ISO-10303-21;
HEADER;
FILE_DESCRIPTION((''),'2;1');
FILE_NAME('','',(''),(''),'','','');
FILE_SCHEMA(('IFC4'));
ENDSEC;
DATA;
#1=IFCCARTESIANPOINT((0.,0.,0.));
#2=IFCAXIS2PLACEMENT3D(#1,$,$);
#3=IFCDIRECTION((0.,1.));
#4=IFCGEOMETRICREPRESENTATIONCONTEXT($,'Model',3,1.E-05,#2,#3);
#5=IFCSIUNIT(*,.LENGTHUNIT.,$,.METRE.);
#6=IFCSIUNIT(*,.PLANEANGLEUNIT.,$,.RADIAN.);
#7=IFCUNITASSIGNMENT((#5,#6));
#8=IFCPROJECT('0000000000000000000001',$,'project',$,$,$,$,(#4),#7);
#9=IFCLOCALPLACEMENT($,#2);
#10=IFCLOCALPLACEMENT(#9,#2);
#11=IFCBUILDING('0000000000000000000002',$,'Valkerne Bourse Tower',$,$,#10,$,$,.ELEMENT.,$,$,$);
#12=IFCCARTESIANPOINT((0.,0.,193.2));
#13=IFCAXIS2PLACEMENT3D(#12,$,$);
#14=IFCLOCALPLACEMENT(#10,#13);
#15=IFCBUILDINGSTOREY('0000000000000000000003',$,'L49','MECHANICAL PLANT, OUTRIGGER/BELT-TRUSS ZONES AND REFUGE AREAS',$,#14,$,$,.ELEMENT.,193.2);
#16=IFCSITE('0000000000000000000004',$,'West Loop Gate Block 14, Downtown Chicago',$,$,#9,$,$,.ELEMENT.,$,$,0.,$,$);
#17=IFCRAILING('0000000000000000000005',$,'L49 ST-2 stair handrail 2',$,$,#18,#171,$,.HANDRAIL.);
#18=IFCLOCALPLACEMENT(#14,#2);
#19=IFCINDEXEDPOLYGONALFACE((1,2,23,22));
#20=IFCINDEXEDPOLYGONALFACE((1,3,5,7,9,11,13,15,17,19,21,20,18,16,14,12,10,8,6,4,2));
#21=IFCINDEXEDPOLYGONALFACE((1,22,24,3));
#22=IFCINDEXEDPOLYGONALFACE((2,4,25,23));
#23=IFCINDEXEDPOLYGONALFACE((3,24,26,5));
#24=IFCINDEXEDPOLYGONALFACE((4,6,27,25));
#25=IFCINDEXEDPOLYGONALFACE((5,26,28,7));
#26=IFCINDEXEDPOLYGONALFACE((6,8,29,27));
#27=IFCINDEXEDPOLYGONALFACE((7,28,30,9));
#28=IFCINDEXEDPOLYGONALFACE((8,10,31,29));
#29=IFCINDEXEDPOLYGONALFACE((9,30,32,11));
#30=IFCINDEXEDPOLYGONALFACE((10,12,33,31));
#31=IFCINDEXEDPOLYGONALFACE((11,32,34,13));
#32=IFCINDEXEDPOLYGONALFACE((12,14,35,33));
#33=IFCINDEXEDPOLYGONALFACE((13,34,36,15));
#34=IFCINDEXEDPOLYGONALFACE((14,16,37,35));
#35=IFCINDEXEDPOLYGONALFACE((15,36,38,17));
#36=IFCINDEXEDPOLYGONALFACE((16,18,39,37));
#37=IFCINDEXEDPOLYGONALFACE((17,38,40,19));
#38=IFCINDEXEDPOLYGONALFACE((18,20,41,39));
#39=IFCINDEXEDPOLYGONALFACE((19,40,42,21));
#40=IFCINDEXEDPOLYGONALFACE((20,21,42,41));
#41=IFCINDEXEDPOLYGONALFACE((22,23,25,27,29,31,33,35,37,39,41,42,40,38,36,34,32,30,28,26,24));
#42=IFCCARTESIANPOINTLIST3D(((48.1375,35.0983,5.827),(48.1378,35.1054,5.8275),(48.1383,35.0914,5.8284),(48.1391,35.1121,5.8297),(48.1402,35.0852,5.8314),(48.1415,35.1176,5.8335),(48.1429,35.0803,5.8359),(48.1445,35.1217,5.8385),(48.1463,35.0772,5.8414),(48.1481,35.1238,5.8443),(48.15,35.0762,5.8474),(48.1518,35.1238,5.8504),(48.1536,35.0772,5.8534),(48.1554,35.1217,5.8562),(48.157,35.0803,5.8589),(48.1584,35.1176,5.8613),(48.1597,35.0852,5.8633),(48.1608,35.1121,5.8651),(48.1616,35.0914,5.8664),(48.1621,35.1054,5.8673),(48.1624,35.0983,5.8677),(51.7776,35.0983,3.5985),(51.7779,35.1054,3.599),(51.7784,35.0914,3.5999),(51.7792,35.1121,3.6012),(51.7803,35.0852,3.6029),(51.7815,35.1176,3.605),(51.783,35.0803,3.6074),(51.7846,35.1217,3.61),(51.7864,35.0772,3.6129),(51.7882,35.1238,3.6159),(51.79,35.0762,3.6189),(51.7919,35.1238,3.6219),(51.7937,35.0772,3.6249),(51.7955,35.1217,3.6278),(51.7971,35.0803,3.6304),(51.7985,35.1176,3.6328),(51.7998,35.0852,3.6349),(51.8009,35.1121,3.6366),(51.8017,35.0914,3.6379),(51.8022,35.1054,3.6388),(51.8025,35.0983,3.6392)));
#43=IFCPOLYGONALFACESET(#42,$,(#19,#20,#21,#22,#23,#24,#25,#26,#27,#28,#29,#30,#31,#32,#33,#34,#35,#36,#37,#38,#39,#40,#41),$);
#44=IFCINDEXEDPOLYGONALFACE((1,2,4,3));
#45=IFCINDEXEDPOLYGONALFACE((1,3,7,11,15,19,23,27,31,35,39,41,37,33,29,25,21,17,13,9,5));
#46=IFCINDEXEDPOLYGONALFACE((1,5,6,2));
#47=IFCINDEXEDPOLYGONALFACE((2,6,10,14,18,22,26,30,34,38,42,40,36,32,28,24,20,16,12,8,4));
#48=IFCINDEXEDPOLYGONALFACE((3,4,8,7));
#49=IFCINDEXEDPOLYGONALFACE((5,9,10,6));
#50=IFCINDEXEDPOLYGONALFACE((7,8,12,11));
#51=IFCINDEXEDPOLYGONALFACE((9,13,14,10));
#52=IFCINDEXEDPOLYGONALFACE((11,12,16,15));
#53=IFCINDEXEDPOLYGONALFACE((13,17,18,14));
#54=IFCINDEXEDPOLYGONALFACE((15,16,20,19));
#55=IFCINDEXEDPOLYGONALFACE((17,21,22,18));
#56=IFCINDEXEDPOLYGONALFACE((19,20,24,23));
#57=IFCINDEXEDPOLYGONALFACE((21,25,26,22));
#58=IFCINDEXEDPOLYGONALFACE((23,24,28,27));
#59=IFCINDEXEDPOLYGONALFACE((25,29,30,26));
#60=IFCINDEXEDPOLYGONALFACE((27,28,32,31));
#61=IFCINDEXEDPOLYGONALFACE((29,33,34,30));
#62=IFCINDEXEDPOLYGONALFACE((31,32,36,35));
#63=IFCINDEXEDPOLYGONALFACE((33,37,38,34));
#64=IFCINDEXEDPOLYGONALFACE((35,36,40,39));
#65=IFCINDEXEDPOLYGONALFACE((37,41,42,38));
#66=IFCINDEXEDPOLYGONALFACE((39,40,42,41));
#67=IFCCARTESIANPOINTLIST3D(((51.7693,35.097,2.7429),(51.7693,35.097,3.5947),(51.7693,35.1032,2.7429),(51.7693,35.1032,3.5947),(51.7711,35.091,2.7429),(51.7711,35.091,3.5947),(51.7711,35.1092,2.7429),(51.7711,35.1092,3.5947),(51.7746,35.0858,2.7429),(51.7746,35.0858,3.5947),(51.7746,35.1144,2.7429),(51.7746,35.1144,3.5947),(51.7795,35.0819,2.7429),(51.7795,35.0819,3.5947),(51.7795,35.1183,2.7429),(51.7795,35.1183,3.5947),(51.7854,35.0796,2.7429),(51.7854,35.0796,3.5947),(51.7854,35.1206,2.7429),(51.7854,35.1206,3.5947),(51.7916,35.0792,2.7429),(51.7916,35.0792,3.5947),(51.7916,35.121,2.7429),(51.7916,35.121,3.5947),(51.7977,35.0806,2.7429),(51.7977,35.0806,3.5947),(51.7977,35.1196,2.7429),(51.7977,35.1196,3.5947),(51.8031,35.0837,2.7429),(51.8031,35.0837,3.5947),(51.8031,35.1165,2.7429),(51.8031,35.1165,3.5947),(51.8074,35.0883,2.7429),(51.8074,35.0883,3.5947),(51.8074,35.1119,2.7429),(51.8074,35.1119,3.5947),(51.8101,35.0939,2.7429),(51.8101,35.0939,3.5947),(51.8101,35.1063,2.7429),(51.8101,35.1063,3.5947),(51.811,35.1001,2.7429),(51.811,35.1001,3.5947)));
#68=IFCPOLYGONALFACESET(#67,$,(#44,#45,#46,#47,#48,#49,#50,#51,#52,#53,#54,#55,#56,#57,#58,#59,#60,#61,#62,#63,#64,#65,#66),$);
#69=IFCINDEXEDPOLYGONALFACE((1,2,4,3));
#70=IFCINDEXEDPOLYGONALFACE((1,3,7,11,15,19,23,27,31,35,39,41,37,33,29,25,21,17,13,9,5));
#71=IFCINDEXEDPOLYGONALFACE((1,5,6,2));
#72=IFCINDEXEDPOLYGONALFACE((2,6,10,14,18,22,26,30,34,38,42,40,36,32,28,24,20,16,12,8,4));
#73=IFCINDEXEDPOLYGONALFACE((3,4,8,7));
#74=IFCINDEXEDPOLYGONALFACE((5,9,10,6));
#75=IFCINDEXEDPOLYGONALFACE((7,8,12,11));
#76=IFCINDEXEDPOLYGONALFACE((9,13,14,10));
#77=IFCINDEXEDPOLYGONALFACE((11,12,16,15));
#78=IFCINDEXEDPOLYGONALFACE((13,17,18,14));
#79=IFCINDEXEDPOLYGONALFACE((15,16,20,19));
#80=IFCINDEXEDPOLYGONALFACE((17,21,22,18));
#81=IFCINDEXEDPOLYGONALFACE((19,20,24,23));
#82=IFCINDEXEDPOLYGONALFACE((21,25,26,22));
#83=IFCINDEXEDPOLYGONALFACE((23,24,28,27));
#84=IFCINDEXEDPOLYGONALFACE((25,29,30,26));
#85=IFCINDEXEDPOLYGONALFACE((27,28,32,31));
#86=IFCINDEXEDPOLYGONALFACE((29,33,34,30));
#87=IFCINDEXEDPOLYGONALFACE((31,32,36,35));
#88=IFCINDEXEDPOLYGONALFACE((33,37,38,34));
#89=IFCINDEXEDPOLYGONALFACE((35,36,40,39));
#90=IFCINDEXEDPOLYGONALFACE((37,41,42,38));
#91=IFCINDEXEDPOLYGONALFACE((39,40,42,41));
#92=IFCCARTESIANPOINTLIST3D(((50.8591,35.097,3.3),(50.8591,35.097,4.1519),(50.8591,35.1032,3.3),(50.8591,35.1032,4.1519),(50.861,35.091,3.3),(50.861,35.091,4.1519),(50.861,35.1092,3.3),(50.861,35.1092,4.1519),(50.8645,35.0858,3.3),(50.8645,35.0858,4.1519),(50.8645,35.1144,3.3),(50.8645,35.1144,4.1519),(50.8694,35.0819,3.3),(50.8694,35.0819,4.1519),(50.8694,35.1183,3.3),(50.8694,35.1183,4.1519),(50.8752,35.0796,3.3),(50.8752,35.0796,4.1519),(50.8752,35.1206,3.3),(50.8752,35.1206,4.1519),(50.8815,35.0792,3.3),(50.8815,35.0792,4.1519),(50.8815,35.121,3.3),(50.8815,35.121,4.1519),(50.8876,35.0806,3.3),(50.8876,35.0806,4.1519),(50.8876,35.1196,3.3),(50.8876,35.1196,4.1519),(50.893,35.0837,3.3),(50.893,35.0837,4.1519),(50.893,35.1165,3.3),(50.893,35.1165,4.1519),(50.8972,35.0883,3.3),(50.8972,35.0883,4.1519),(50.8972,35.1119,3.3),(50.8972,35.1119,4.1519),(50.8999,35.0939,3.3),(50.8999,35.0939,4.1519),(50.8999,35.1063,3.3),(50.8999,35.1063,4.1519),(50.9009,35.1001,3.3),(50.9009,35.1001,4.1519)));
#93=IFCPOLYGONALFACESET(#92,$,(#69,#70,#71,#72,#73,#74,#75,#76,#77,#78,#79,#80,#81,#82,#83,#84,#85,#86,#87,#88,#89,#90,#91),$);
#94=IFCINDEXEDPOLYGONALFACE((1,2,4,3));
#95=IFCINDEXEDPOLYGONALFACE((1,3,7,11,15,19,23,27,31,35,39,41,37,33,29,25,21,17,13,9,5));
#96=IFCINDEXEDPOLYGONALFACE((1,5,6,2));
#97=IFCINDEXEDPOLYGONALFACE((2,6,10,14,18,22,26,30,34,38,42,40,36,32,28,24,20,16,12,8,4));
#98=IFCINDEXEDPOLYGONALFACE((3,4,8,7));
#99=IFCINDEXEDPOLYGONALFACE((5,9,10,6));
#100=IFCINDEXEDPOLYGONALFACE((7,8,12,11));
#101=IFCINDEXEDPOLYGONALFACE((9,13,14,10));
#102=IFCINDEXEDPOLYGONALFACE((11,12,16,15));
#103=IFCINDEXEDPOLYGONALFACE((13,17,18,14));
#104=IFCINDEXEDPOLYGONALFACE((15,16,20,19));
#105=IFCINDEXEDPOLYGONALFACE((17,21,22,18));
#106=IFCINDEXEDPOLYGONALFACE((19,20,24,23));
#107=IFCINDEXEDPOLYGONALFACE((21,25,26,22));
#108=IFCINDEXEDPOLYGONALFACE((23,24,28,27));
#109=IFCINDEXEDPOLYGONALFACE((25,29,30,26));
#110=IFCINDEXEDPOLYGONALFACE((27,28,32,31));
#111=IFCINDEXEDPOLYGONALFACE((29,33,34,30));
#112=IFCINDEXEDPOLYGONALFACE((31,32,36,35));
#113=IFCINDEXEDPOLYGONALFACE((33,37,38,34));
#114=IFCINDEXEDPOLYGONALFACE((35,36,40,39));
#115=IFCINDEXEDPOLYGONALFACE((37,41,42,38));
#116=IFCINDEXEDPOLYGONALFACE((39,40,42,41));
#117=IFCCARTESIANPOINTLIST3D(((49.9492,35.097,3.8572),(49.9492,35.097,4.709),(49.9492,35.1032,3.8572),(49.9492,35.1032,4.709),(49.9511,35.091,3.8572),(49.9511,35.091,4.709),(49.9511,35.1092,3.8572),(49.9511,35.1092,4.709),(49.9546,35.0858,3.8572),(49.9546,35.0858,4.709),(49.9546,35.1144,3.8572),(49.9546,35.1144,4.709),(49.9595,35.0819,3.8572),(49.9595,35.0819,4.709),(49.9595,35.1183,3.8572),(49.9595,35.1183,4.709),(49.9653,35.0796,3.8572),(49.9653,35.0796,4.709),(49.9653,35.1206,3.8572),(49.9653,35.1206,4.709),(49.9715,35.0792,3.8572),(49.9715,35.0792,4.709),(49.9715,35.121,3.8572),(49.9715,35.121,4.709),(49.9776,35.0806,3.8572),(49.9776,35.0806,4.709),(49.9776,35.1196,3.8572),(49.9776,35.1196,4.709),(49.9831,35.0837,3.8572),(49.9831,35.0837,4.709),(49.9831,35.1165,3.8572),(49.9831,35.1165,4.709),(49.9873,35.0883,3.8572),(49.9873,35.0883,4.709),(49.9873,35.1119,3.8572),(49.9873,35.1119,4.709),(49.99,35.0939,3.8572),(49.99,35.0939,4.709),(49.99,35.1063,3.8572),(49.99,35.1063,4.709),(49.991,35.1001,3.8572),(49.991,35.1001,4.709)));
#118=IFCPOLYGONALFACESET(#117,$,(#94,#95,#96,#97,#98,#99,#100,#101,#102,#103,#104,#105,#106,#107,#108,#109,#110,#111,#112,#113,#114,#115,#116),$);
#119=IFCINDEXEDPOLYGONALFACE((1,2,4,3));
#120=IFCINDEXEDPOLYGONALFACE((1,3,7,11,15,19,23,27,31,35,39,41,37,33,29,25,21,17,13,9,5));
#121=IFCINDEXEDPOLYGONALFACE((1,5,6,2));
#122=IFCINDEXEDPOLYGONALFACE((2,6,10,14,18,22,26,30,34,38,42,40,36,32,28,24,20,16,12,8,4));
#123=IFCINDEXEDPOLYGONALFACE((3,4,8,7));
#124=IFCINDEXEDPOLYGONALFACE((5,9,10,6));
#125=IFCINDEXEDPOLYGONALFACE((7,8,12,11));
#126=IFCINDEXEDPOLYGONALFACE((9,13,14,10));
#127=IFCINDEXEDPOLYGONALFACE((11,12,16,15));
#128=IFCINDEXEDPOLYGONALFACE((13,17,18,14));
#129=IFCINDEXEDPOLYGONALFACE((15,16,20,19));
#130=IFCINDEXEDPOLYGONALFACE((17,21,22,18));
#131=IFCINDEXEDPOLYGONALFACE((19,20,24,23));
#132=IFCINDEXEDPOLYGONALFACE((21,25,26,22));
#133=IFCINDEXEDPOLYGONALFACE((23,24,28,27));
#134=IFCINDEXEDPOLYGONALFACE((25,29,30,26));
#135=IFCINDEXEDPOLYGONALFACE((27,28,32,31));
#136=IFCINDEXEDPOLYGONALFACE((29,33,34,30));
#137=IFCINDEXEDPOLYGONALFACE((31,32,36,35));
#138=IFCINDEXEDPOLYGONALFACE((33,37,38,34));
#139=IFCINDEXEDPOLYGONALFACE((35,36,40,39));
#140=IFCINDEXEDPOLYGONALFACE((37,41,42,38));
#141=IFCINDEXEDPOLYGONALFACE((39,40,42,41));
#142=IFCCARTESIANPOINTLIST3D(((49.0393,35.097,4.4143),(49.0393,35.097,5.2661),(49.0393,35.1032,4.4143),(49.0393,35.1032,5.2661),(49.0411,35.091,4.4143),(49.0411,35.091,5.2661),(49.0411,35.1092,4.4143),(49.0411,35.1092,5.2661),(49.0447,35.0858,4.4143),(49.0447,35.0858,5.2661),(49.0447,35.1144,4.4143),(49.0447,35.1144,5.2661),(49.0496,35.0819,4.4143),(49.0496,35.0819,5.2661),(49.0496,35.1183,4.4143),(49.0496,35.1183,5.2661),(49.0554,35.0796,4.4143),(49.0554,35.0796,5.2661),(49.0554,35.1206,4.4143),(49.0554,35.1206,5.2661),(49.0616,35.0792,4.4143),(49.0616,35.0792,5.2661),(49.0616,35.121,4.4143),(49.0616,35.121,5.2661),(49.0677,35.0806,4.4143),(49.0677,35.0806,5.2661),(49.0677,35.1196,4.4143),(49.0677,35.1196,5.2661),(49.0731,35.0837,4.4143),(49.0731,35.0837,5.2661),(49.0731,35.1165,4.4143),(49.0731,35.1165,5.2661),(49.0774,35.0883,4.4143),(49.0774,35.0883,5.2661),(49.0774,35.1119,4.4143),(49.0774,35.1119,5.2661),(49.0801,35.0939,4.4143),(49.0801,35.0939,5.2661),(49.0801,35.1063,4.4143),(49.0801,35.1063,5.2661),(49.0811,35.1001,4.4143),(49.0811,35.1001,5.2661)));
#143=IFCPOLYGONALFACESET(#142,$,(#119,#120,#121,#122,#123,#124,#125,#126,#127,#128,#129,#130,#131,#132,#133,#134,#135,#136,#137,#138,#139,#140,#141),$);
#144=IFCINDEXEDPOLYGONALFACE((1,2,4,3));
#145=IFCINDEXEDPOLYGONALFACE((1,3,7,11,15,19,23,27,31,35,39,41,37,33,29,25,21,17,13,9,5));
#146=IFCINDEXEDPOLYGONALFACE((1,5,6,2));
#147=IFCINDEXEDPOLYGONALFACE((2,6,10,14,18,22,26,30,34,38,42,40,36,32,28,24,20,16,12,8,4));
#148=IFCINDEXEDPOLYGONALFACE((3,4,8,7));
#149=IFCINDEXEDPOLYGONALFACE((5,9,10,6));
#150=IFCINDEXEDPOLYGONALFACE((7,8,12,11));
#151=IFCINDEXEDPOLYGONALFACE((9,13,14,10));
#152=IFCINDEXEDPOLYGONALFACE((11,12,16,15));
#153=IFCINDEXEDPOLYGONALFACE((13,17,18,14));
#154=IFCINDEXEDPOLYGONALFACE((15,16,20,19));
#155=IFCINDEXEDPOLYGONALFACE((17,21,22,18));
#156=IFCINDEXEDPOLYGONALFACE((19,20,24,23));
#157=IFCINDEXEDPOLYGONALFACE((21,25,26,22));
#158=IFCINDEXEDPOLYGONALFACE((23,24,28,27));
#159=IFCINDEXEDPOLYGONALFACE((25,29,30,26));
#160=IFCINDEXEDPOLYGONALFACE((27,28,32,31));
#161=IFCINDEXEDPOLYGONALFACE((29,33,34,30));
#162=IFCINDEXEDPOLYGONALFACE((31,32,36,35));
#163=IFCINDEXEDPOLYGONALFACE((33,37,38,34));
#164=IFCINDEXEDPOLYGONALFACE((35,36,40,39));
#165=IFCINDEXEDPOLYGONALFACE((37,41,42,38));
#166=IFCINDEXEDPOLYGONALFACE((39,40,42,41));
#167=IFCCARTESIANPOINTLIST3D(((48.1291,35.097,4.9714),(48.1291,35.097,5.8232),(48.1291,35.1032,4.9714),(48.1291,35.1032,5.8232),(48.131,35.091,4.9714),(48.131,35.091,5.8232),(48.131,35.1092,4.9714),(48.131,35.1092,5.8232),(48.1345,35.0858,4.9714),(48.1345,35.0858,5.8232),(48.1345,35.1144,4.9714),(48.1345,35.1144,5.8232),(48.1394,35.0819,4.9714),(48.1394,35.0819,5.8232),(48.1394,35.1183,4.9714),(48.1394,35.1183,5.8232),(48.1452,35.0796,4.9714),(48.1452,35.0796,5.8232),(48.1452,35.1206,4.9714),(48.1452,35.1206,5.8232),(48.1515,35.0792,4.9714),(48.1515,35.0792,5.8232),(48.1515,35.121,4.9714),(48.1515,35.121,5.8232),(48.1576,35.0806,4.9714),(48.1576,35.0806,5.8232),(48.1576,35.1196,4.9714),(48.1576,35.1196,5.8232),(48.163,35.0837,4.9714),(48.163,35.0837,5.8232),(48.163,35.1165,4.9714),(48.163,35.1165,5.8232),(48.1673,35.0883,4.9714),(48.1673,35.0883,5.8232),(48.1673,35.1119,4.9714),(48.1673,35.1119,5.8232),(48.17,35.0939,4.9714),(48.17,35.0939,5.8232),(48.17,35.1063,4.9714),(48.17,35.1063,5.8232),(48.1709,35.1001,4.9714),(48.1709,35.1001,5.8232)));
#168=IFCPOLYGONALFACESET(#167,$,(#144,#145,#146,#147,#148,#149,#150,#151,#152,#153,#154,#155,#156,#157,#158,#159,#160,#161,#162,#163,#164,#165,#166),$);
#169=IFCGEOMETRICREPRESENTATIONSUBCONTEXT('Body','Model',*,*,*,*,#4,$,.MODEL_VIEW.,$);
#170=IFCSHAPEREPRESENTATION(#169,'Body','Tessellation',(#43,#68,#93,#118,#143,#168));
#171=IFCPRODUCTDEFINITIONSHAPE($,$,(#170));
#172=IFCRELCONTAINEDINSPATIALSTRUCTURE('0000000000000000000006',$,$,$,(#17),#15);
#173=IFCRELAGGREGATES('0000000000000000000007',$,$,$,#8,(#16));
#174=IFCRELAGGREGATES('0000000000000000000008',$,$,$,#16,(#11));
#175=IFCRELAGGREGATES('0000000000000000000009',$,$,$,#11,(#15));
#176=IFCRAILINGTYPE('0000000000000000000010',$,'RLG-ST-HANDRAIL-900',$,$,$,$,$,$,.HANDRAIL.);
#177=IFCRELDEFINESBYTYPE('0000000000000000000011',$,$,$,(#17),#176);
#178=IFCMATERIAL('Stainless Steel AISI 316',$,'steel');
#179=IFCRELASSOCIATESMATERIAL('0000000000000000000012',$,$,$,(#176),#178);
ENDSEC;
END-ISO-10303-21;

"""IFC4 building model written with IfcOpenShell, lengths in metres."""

from ifc_helpers import new_model, si_unit, direction, frame, origin, origin_2d, place, context, subcontext, project, spatial, circle, extrude, material, type_object, element, save


model = new_model("IFC4")

# Units and contexts
model_context = context("Model", 3, precision=1e-05, world=origin(), true_north=direction((0.0, 1.0)))
body_context = subcontext(model_context, "Body", "Model", "MODEL_VIEW")
ifc_project = project(units=[si_unit("LENGTHUNIT", "METRE"), si_unit("PLANEANGLEUNIT", "RADIAN")], contexts=[model_context])

# Site, building, storey
site_placement = place(None, origin())
site = spatial("IfcSite", under=ifc_project, at=site_placement, Name="West Loop Gate Block 14, Downtown Chicago", CompositionType="ELEMENT", RefElevation=0.0)
building_placement = place(site_placement, origin())
building = spatial("IfcBuilding", under=site, at=building_placement, Name="Valkerne Bourse Tower", CompositionType="ELEMENT")
storey_placement = place(building_placement, frame((0.0, 0.0, 193.2)))
storey = spatial("IfcBuildingStorey", under=building, at=storey_placement, Name="L49", Description="MECHANICAL PLANT, OUTRIGGER/BELT-TRUSS ZONES AND REFUGE AREAS", CompositionType="ELEMENT", Elevation=193.2)

# Shared definitions
ifc_material_1 = material(Name="Stainless Steel AISI 316", Category="steel")

# Railing
railing_type_1 = type_object("IfcRailingType", Name="RLG-ST-HANDRAIL-900", PredefinedType="HANDRAIL", material=ifc_material_1)
railing_1_placement = place(storey_placement, frame((51.79, 35.1001, 2.7429)))
element("IfcRailing", 1, at=railing_1_placement, inside=storey, type_object=railing_type_1, Name="L49 ST-2 stair handrail 2", PredefinedType="HANDRAIL", context=body_context, shape_type="SweptSolid", body=[
    extrude(circle(Radius=0.0239, at=origin_2d()), frame((0.0, 0.0, 0.876), z_axis=(-0.852866, 0.0, 0.52213), x_axis=(0.0, -1.0, 0.0)), (0.0, 0.0, 1.0), 4.2681),
    extrude(circle(Radius=0.021, at=origin_2d()), origin(), (0.0, 0.0, 1.0), 0.8518),
    extrude(circle(Radius=0.021, at=origin_2d()), frame((-0.9102, 0.0, 0.5571)), (0.0, 0.0, 1.0), 0.8518),
    extrude(circle(Radius=0.021, at=origin_2d()), frame((-1.8201, 0.0, 1.1143)), (0.0, 0.0, 1.0), 0.8518),
    extrude(circle(Radius=0.021, at=origin_2d()), frame((-2.73, 0.0, 1.6714)), (0.0, 0.0, 1.0), 0.8518),
    extrude(circle(Radius=0.021, at=origin_2d()), frame((-3.6401, 0.0, 2.2285)), (0.0, 0.0, 1.0), 0.8518),
])

save(model, "model.ifc")
